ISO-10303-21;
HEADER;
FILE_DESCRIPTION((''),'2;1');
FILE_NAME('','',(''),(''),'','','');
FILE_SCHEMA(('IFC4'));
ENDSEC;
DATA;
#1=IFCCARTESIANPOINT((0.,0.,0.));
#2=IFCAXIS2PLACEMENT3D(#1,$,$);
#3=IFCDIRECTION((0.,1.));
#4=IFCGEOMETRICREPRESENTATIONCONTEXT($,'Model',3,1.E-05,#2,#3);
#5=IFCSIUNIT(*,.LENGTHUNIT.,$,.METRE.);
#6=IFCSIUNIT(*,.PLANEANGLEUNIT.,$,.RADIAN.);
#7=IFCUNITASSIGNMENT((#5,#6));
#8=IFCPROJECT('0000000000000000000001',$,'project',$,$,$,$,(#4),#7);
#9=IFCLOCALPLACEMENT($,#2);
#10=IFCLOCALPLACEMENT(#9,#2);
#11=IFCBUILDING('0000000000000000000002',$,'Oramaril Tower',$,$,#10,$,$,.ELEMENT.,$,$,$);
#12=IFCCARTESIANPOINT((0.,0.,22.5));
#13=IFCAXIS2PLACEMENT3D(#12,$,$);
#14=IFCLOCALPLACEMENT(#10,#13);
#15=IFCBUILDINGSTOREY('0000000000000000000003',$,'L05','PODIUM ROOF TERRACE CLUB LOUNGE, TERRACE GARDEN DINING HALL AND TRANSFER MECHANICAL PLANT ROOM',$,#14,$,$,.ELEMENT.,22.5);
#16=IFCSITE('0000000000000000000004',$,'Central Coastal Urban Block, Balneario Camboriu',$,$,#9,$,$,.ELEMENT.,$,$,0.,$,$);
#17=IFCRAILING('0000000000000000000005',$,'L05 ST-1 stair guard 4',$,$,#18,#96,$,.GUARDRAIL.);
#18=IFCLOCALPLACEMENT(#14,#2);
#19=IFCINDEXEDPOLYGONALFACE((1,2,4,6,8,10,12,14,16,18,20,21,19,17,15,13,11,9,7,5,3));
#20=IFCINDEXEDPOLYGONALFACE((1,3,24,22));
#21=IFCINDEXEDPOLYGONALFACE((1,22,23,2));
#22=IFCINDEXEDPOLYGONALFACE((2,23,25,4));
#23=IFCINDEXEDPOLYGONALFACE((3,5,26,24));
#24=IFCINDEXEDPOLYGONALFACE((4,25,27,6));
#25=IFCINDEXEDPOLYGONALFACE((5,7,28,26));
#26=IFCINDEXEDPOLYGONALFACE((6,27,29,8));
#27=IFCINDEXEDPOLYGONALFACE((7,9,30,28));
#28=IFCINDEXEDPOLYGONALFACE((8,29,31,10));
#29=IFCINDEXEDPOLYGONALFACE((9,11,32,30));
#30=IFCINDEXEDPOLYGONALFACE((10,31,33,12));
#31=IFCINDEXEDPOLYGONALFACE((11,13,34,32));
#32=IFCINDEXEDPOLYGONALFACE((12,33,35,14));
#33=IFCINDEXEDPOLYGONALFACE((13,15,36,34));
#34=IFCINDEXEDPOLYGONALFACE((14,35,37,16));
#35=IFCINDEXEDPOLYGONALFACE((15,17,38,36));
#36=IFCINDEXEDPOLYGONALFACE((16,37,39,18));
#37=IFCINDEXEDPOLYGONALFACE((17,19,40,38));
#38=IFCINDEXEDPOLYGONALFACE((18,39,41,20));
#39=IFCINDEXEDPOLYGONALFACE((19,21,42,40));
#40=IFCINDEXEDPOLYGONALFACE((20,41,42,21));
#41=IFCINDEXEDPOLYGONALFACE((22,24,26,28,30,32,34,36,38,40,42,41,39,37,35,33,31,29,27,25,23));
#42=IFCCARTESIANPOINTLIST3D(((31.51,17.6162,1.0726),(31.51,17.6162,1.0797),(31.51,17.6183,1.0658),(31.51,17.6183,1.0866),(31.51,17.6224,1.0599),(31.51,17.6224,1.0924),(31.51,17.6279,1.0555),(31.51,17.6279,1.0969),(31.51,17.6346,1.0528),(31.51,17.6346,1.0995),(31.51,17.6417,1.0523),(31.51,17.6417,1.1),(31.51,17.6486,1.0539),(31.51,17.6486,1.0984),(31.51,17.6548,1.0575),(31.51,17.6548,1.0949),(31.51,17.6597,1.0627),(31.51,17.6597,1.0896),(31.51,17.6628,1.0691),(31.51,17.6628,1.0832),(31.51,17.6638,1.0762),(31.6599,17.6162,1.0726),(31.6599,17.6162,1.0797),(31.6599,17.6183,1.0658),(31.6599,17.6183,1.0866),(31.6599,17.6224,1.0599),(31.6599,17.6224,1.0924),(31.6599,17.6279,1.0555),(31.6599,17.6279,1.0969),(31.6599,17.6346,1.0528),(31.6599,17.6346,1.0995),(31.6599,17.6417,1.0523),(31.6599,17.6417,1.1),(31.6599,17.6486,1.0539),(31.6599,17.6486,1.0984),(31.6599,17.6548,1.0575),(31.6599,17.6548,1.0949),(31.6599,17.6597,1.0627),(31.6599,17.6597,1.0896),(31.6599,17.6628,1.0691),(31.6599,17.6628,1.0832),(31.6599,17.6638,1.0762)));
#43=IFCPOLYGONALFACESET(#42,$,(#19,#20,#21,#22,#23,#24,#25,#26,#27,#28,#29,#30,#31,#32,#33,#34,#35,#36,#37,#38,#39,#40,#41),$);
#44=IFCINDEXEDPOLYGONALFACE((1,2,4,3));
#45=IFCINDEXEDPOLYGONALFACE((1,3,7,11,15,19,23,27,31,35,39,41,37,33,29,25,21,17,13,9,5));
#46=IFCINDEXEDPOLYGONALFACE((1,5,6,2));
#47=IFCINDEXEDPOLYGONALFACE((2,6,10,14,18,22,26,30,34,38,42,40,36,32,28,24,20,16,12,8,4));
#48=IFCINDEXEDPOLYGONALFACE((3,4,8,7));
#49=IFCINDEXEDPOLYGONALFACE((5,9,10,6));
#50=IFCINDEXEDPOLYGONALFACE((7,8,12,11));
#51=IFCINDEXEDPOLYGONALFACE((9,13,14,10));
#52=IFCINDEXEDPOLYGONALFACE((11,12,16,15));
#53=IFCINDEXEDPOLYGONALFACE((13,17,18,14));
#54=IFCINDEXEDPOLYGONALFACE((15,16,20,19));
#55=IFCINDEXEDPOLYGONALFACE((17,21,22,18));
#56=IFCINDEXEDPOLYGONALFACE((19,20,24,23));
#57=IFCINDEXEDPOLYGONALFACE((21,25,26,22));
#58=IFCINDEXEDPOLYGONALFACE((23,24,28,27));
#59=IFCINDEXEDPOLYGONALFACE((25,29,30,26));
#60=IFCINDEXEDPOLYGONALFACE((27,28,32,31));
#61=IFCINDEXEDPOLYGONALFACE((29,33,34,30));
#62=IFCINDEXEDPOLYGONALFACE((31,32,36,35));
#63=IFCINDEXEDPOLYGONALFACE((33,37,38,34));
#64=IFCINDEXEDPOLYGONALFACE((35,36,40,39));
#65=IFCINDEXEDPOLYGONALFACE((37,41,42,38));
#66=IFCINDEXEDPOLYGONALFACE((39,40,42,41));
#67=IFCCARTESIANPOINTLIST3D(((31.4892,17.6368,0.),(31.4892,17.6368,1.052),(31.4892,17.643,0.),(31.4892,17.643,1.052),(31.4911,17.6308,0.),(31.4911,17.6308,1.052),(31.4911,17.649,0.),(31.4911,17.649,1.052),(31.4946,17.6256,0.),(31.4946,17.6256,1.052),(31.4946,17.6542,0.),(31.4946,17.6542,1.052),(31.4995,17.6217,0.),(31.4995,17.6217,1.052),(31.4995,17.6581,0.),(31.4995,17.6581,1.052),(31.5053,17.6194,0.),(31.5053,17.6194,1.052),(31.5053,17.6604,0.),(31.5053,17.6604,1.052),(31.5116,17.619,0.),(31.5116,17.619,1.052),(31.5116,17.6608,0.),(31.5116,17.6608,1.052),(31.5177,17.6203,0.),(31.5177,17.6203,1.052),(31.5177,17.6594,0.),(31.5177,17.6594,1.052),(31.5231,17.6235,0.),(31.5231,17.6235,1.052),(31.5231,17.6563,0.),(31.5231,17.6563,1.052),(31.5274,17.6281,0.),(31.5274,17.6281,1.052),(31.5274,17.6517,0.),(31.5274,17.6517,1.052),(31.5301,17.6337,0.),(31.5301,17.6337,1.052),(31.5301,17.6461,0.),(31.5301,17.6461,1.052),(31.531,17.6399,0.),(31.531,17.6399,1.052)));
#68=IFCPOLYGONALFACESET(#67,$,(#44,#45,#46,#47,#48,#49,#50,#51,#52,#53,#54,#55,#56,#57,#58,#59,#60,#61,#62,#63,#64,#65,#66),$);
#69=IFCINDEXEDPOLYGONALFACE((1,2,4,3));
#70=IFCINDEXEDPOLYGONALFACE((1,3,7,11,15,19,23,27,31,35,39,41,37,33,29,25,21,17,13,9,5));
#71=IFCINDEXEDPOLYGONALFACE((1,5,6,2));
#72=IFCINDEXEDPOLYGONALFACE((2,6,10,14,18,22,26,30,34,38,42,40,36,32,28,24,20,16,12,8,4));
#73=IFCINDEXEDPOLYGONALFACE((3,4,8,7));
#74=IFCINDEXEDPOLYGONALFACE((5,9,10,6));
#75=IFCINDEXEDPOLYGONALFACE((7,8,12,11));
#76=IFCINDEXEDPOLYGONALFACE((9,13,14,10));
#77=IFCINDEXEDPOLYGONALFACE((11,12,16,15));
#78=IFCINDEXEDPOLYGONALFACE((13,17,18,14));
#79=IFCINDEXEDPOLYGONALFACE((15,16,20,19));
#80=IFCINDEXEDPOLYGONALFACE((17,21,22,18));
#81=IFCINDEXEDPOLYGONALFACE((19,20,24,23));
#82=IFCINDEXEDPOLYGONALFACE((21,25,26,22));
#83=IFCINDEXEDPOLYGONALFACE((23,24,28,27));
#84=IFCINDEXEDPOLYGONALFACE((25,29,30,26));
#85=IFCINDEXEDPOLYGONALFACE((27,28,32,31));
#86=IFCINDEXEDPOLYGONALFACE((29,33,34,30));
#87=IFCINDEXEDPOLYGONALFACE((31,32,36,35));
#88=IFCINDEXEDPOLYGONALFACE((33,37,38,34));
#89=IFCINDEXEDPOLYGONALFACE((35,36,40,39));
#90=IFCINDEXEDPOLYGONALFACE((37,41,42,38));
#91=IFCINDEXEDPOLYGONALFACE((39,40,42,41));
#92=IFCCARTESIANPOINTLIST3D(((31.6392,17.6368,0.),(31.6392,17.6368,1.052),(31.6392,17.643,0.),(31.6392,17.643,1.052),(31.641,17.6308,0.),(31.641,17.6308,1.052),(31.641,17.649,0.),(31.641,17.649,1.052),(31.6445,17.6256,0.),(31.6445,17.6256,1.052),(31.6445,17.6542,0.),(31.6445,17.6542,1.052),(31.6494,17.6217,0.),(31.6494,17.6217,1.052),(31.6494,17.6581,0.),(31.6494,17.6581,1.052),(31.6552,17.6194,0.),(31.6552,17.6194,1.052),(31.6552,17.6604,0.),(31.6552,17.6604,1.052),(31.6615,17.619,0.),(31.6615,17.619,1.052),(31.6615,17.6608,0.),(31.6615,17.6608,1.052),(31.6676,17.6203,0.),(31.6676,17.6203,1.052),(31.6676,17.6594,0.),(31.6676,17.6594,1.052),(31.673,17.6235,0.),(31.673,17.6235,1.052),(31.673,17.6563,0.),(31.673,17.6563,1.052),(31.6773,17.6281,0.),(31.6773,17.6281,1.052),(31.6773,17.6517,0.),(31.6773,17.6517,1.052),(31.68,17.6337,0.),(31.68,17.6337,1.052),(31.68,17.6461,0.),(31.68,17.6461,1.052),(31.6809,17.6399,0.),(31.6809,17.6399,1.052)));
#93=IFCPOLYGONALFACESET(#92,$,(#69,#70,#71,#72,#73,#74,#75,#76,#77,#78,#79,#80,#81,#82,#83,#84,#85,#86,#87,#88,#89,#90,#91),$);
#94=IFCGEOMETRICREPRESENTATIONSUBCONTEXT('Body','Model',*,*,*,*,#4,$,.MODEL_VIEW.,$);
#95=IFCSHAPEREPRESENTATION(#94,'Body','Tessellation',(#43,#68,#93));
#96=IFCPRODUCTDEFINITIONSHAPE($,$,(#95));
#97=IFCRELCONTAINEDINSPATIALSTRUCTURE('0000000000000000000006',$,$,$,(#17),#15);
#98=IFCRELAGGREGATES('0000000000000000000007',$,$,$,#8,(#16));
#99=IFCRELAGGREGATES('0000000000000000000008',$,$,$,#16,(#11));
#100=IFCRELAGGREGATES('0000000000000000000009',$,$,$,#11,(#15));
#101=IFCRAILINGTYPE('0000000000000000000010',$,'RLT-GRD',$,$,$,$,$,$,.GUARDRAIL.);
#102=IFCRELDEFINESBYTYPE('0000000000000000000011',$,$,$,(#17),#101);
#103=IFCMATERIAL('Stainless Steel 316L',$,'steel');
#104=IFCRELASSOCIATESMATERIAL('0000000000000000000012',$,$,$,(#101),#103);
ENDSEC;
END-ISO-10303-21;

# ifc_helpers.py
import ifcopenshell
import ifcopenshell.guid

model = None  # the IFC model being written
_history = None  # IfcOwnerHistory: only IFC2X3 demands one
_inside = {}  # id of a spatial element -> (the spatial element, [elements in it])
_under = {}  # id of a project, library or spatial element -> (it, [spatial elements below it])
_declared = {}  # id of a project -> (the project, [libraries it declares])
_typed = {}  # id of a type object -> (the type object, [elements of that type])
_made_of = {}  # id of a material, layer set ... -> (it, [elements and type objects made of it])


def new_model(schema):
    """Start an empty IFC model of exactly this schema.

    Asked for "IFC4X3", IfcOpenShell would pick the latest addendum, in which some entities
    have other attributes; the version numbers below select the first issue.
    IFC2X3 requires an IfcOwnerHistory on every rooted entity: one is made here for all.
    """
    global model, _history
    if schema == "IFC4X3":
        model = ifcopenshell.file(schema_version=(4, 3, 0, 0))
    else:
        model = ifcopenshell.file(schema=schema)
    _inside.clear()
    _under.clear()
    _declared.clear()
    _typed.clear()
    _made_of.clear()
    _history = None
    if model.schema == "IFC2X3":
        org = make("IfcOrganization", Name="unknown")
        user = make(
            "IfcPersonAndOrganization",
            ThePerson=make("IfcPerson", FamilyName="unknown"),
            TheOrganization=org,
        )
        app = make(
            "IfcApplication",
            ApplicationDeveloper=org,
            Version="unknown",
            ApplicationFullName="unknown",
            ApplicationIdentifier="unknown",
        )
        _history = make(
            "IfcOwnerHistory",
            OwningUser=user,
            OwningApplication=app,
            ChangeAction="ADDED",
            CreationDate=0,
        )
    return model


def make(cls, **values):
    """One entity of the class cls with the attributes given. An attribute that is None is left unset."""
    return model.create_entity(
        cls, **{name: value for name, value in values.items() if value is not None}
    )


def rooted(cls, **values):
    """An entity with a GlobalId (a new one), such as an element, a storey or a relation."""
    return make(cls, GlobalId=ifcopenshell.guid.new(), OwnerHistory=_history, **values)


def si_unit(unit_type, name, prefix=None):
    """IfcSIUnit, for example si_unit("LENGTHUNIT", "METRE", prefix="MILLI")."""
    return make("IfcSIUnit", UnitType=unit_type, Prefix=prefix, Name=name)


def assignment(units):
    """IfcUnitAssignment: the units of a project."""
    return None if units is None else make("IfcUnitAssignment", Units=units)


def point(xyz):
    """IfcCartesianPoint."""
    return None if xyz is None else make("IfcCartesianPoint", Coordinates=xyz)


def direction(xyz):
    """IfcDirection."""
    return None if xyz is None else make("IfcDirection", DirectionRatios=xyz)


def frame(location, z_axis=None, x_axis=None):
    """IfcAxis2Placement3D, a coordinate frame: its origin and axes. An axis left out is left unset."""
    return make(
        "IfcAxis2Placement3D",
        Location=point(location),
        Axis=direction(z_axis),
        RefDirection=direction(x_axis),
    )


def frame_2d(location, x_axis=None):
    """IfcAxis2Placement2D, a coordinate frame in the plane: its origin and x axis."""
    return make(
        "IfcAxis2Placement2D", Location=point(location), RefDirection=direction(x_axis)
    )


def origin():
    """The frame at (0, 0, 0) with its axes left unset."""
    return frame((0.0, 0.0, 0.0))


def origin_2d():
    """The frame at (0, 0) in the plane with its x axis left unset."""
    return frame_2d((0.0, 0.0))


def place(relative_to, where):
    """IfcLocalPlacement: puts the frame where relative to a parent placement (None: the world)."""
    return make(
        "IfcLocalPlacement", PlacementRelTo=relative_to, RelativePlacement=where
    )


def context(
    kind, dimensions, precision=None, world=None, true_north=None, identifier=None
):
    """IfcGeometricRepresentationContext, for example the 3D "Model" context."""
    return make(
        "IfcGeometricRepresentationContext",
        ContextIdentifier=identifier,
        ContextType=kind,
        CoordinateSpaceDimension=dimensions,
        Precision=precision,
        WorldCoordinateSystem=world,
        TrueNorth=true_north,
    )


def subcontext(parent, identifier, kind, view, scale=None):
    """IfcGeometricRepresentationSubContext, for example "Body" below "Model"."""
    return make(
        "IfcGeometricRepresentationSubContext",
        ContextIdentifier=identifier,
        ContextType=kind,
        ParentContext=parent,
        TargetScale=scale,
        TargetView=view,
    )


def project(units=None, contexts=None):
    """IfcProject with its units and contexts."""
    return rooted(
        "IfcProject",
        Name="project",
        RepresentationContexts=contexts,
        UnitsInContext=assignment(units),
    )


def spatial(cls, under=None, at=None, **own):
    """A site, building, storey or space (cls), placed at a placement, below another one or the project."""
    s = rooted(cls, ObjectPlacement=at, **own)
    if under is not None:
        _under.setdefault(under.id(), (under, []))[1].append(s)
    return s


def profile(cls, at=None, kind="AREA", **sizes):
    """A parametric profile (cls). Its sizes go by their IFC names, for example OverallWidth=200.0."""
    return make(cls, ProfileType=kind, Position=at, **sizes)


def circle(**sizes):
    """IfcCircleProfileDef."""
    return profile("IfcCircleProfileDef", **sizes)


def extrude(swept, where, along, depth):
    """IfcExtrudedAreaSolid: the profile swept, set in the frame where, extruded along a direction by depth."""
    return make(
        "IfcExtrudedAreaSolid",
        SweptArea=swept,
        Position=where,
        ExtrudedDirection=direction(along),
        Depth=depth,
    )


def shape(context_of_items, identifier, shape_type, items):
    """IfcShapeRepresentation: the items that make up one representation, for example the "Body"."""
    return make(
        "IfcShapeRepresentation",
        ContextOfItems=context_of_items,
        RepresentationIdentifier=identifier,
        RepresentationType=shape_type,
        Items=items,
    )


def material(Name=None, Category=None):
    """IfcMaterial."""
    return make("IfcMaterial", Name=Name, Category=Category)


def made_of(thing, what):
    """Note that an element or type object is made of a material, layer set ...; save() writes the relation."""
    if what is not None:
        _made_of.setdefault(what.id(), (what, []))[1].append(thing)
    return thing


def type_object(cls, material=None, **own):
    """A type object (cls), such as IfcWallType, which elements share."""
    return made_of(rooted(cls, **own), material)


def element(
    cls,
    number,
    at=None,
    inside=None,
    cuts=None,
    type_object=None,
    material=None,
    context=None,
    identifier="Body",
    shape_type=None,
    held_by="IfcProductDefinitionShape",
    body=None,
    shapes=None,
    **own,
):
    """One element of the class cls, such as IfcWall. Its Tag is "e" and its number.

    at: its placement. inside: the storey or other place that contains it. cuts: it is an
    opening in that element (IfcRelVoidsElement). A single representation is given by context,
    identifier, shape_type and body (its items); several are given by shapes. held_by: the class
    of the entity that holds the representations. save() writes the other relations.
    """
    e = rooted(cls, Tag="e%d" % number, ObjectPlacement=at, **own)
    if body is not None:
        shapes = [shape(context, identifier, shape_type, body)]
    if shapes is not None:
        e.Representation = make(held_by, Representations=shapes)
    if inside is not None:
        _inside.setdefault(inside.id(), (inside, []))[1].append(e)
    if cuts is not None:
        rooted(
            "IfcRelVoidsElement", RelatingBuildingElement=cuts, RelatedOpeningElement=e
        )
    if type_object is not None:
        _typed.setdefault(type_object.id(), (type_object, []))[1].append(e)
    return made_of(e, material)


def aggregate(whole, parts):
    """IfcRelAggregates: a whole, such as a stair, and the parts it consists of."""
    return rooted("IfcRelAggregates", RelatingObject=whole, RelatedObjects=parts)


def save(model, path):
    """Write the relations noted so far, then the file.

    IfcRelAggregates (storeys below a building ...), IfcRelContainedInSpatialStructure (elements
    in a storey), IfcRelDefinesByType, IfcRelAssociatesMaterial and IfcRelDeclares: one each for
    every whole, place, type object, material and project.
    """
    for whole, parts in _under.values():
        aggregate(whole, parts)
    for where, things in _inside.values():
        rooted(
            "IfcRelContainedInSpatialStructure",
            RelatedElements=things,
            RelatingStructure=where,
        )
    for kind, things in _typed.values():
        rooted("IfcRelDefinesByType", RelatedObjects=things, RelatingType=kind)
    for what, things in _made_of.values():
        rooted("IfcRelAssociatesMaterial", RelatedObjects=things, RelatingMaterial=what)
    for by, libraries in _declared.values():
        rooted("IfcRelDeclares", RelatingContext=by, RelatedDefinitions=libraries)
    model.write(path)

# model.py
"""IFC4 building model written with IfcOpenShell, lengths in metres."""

from ifc_helpers import new_model, si_unit, direction, frame, origin, origin_2d, place, context, subcontext, project, spatial, circle, extrude, material, type_object, element, save


model = new_model("IFC4")

# Units and contexts
model_context = context("Model", 3, precision=1e-05, world=origin(), true_north=direction((0.0, 1.0)))
body_context = subcontext(model_context, "Body", "Model", "MODEL_VIEW")
ifc_project = project(units=[si_unit("LENGTHUNIT", "METRE"), si_unit("PLANEANGLEUNIT", "RADIAN")], contexts=[model_context])

# Site, building, storey
site_placement = place(None, origin())
site = spatial("IfcSite", under=ifc_project, at=site_placement, Name="Central Coastal Urban Block, Balneario Camboriu", CompositionType="ELEMENT", RefElevation=0.0)
building_placement = place(site_placement, origin())
building = spatial("IfcBuilding", under=site, at=building_placement, Name="Oramaril Tower", CompositionType="ELEMENT")
storey_placement = place(building_placement, frame((0.0, 0.0, 22.5)))
storey = spatial("IfcBuildingStorey", under=building, at=storey_placement, Name="L05", Description="PODIUM ROOF TERRACE CLUB LOUNGE, TERRACE GARDEN DINING HALL AND TRANSFER MECHANICAL PLANT ROOM", CompositionType="ELEMENT", Elevation=22.5)

# Railing
ifc_material_1 = material(Name="Stainless Steel 316L", Category="steel")
railing_type_1 = type_object("IfcRailingType", Name="RLT-GRD", PredefinedType="GUARDRAIL", material=ifc_material_1)
railing_1_placement = place(storey_placement, frame((31.51, 17.6399, 0.0)))
element("IfcRailing", 1, at=railing_1_placement, inside=storey, type_object=railing_type_1, Name="L05 ST-1 stair guard 4", PredefinedType="GUARDRAIL", context=body_context, shape_type="SweptSolid", body=[
    extrude(circle(Radius=0.0239, at=origin_2d()), frame((0.0, 0.0, 1.0762), z_axis=(1.0, 0.0, 0.0), x_axis=(0.0, 1.0, 0.0)), (0.0, 0.0, 1.0), 0.1499),
    extrude(circle(Radius=0.021, at=origin_2d()), origin(), (0.0, 0.0, 1.0), 1.052),
    extrude(circle(Radius=0.021, at=origin_2d()), frame((0.1499, 0.0, 0.0)), (0.0, 0.0, 1.0), 1.052),
])

save(model, "model.ifc")
